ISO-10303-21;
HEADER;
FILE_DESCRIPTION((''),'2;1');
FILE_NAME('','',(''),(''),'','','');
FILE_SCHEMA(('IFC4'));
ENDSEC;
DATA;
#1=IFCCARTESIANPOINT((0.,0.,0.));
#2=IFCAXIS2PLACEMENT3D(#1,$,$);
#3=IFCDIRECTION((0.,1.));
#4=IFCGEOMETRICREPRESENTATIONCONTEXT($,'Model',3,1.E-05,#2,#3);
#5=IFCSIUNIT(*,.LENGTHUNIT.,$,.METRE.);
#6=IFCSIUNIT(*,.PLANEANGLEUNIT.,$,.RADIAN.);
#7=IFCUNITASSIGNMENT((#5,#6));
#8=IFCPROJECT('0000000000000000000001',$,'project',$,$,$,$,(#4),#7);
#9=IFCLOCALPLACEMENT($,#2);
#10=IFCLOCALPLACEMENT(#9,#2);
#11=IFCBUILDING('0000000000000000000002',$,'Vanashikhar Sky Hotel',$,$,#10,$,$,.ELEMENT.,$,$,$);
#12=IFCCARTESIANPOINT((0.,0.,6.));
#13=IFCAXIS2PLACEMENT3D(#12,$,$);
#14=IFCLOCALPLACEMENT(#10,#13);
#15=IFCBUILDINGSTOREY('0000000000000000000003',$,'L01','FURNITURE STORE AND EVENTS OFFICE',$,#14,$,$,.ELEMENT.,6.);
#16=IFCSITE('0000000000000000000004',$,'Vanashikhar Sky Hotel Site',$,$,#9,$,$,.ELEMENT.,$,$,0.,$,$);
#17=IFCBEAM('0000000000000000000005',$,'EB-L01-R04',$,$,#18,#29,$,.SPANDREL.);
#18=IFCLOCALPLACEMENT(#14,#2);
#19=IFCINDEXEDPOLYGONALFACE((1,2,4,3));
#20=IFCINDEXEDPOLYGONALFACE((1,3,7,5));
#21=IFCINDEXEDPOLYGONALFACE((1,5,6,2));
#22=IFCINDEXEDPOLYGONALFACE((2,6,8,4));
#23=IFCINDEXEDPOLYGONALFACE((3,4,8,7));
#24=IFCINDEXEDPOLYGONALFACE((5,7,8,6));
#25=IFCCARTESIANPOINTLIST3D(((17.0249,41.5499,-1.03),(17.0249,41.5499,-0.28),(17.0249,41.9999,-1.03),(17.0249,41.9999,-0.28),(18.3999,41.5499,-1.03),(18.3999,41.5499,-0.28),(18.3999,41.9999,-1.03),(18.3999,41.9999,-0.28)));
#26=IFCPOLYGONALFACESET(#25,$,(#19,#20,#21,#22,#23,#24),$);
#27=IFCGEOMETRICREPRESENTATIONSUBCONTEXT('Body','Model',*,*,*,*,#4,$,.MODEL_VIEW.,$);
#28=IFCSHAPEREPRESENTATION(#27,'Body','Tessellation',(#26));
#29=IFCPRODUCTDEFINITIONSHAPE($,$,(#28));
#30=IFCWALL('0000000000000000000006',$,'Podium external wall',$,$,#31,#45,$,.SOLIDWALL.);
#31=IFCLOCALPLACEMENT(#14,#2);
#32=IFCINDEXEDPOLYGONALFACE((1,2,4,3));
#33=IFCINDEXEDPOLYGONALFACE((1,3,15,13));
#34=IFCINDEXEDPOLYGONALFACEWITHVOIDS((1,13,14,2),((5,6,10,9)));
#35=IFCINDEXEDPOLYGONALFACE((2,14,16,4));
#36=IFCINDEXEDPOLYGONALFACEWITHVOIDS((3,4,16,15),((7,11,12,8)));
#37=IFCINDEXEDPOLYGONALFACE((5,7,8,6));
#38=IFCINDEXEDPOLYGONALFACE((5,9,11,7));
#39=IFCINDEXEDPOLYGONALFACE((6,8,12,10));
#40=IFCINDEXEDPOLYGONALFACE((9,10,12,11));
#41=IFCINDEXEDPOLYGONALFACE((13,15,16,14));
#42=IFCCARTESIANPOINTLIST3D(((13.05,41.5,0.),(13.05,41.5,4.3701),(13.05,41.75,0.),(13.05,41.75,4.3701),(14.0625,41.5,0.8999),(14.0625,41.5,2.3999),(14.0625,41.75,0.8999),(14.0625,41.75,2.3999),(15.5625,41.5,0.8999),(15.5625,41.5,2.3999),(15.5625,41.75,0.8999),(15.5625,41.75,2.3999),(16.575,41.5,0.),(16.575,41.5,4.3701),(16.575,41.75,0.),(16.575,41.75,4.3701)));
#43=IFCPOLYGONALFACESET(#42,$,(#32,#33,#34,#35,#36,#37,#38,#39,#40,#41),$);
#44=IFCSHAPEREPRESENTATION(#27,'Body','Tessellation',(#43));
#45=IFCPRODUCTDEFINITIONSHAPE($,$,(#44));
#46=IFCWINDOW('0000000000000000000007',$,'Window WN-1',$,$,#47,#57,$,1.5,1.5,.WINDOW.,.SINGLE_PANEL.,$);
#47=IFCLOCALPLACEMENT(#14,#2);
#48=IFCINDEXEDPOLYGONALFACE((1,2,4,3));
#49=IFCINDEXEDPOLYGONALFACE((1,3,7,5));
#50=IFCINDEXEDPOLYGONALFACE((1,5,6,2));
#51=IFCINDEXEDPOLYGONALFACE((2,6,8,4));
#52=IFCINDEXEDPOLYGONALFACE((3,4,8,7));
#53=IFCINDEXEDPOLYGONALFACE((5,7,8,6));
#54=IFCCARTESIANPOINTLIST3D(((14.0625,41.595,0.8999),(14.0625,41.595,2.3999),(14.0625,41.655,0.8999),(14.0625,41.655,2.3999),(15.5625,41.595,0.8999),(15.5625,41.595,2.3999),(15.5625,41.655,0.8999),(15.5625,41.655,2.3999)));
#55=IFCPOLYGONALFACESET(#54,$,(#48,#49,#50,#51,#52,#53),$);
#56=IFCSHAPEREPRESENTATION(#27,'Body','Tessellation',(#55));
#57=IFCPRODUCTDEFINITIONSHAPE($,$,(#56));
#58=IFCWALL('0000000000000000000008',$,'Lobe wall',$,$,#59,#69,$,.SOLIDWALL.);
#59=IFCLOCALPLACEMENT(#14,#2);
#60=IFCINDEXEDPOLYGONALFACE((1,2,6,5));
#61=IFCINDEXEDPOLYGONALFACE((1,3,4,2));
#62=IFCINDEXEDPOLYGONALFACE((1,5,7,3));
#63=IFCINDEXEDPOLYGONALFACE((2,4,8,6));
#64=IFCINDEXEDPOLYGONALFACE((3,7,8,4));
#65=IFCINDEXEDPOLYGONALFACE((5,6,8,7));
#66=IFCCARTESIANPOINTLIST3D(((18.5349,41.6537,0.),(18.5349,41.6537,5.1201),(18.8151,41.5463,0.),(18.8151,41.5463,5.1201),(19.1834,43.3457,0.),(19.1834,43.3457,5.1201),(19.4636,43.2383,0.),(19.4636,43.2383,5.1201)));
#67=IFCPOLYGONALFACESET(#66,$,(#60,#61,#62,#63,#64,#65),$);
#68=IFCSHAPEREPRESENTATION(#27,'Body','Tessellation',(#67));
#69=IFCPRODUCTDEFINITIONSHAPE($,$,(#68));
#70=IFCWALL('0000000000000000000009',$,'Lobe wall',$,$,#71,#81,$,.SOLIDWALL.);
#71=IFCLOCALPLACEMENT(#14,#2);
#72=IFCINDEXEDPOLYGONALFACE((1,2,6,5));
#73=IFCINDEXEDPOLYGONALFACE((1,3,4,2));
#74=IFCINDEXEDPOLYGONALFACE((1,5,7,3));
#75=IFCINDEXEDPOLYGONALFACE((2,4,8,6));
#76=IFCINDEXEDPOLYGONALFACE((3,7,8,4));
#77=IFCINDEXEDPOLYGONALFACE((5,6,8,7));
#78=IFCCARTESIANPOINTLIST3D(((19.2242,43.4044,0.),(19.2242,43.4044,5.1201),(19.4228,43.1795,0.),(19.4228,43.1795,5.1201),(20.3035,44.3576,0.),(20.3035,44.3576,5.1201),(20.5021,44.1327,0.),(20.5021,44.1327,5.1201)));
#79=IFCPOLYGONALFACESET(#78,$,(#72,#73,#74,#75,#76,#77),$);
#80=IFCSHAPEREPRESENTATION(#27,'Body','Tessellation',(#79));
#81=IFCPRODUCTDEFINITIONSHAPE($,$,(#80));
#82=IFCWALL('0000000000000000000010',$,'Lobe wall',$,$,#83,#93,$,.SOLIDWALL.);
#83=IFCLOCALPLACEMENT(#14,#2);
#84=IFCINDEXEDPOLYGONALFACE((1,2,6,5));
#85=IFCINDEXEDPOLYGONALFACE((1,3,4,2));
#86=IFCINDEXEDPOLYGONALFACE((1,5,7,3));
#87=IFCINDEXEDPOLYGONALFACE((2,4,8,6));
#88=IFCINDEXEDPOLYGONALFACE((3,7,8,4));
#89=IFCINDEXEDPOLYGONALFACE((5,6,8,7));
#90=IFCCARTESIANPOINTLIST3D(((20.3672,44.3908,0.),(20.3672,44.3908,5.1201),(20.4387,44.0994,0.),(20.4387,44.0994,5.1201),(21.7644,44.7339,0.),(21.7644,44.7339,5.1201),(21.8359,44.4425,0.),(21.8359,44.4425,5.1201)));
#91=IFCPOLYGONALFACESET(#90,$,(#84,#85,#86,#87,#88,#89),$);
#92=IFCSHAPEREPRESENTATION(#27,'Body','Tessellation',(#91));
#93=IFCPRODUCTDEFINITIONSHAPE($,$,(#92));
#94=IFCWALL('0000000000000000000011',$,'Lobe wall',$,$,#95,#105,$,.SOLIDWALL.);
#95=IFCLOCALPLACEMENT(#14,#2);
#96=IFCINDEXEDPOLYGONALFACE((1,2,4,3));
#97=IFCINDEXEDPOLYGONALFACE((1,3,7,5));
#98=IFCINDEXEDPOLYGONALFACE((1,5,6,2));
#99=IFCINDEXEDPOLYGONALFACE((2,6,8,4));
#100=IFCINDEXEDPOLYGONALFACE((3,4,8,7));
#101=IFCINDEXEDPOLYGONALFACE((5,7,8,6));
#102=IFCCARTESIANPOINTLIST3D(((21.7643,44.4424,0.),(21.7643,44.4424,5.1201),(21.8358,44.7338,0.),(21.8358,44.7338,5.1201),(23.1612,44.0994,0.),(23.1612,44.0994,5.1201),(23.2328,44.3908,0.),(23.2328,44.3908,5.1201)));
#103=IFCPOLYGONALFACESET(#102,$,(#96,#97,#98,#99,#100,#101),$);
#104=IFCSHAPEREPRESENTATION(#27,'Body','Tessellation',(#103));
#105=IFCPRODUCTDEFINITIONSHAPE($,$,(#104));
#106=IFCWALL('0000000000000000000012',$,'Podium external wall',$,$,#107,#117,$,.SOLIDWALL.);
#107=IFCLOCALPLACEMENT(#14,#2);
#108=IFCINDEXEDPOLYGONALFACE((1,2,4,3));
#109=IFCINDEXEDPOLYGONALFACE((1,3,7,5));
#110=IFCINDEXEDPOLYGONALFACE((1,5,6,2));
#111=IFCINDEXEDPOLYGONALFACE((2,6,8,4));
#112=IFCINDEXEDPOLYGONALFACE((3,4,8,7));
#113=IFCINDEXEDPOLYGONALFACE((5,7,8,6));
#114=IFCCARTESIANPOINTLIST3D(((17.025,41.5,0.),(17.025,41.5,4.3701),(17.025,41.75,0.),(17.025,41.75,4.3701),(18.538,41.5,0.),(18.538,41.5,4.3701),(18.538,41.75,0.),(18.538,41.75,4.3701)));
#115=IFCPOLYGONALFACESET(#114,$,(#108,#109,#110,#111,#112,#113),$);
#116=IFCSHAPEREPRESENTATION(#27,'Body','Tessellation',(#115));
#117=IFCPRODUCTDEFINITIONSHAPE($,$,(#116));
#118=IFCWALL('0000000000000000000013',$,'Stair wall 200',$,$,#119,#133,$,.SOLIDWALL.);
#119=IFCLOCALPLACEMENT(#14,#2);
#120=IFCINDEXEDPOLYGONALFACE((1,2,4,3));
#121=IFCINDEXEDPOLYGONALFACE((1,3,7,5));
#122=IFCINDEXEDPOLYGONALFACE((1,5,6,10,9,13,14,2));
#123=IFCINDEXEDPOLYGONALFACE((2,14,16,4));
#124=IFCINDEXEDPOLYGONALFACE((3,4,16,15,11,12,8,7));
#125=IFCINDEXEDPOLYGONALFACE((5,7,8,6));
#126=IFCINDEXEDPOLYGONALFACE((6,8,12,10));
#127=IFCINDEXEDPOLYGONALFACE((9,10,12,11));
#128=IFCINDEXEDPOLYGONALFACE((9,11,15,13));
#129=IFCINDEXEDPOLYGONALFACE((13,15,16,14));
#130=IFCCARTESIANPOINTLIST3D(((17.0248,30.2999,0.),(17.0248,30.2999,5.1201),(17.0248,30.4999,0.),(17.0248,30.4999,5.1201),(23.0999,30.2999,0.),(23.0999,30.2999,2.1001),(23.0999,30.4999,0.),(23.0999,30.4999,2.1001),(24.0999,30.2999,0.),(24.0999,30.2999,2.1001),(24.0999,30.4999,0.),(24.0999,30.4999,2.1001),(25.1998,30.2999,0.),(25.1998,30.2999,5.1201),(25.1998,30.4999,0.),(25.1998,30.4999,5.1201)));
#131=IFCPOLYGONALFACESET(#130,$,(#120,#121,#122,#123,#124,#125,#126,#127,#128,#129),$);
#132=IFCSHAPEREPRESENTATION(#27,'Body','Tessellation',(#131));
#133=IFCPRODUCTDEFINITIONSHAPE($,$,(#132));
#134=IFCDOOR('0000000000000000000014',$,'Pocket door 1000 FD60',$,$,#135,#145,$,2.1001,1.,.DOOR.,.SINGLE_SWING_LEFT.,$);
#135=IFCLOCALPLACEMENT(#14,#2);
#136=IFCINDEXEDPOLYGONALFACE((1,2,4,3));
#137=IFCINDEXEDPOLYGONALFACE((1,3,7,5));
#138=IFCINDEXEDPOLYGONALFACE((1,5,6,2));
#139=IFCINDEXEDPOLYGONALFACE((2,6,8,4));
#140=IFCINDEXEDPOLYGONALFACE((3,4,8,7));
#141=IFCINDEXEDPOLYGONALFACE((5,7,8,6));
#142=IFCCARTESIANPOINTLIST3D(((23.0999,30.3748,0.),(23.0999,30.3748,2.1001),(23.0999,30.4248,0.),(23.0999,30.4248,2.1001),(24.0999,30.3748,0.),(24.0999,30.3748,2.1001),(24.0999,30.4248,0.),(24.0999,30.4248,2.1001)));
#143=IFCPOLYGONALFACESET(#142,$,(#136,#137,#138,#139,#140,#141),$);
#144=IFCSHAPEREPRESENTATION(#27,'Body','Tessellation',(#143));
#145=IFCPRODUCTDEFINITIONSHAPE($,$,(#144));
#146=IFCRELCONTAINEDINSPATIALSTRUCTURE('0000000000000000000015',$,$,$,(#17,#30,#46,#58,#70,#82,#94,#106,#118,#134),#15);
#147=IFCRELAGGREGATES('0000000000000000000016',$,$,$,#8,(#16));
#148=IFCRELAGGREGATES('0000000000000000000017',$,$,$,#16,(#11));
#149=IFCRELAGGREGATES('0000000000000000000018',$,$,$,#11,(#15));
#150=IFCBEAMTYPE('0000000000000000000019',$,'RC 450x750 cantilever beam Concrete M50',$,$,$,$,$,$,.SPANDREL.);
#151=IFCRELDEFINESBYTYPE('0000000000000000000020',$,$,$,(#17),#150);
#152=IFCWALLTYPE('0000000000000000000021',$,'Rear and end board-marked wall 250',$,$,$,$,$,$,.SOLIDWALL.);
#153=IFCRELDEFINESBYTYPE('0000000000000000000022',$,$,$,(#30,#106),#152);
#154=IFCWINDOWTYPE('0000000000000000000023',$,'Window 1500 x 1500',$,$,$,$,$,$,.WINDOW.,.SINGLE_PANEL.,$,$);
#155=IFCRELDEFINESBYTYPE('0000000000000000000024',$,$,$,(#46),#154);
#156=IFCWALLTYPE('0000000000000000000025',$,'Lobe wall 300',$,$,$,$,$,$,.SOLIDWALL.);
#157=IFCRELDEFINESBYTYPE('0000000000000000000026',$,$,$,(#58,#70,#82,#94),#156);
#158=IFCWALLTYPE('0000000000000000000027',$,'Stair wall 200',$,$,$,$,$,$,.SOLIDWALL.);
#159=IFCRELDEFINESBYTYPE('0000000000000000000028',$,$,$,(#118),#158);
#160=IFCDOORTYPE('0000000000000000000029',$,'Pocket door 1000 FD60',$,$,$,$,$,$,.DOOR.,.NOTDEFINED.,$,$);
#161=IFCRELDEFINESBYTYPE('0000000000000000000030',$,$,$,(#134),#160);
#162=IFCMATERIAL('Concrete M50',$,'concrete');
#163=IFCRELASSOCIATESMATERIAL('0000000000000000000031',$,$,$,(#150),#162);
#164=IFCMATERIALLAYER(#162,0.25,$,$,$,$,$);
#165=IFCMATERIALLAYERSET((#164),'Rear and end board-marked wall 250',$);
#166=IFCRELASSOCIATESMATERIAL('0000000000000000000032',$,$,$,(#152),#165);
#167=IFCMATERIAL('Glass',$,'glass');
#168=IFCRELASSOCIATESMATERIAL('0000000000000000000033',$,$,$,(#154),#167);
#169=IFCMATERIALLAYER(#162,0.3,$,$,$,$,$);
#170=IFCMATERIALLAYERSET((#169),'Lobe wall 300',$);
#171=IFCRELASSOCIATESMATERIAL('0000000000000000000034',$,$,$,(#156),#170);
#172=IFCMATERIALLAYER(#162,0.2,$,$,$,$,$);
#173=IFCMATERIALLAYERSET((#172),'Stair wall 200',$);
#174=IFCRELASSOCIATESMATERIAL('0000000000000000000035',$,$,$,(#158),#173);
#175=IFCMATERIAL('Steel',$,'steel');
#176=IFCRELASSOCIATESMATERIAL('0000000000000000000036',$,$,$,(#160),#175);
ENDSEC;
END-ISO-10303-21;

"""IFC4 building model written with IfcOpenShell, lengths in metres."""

from ifc_helpers import new_model, si_unit, direction, frame, frame_2d, origin, origin_2d, place, context, subcontext, project, spatial, rectangle, extrude, source, transform, mapped, material, layer, layer_set, material_profile, profile_set, type_object, element, fill, save


model = new_model("IFC4")

# Units and contexts
model_context = context("Model", 3, precision=1e-05, world=origin(), true_north=direction((0.0, 1.0)))
body_context = subcontext(model_context, "Body", "Model", "MODEL_VIEW")
ifc_project = project(units=[si_unit("LENGTHUNIT", "METRE"), si_unit("PLANEANGLEUNIT", "RADIAN")], contexts=[model_context])

# Site, building, storey
site_placement = place(None, origin())
site = spatial("IfcSite", under=ifc_project, at=site_placement, Name="Vanashikhar Sky Hotel Site", CompositionType="ELEMENT", RefElevation=0.0)
building_placement = place(site_placement, origin())
building = spatial("IfcBuilding", under=site, at=building_placement, Name="Vanashikhar Sky Hotel", CompositionType="ELEMENT")
storey_placement = place(building_placement, frame((0.0, 0.0, 6.0)))
storey = spatial("IfcBuildingStorey", under=building, at=storey_placement, Name="L01", Description="FURNITURE STORE AND EVENTS OFFICE", CompositionType="ELEMENT", Elevation=6.0)

# Beam
ifc_material_1 = material(Name="Concrete M50", Category="concrete")
ifc_material_profile = material_profile(ifc_material_1, rectangle(XDim=0.45, YDim=0.75, at=origin_2d()))
ifc_profile_set = profile_set([ifc_material_profile], Name="RC 450x750 cantilever beam Concrete M50")
beam_type = type_object("IfcBeamType", Name="RC 450x750 cantilever beam Concrete M50", PredefinedType="SPANDREL", material=ifc_profile_set)
shared_shape_1 = source(origin(), body_context, "Body", "SweptSolid", [
    extrude(rectangle(XDim=0.45, YDim=0.75, at=origin_2d()), origin(), (0.0, 0.0, 1.0), 1.375),
])
beam_placement = place(storey_placement, frame((17.0249, 41.7749, -0.655), z_axis=(1.0, 0.0, 0.0), x_axis=(0.0, 1.0, 0.0)))
element("IfcBeam", 1, at=beam_placement, inside=storey, type_object=beam_type, Name="EB-L01-R04", PredefinedType="SPANDREL", context=body_context, shape_type="MappedRepresentation", body=[
    mapped(shared_shape_1, transform((0.0, 0.0, 0.0), scale=1.0)),
])

# Wall, opening, window
ifc_layer_1 = layer(ifc_material_1, 0.25)
ifc_layer_set_1 = layer_set([ifc_layer_1], Name="Rear and end board-marked wall 250")
wall_type_1 = type_object("IfcWallType", Name="Rear and end board-marked wall 250", PredefinedType="SOLIDWALL", material=ifc_layer_set_1)
shared_shape_2 = source(origin(), body_context, "Body", "SweptSolid", [
    extrude(rectangle(XDim=3.5249, YDim=0.25, at=frame_2d((1.7625, 0.0))), origin(), (0.0, 0.0, 1.0), 4.3701),
])
wall_1_placement = place(storey_placement, frame((16.575, 41.625, 0.0), z_axis=(0.0, 0.0, 1.0), x_axis=(-1.0, 0.0, 0.0)))
wall_1 = element("IfcWall", 2, at=wall_1_placement, inside=storey, type_object=wall_type_1, Name="Podium external wall", PredefinedType="SOLIDWALL", context=body_context, shape_type="MappedRepresentation", body=[
    mapped(shared_shape_2, transform((0.0, 0.0, 0.0), scale=1.0)),
])
shared_shape_3 = source(origin(), body_context, "Body", "SweptSolid", [
    extrude(rectangle(XDim=1.5, YDim=1.5, at=frame_2d((0.75, 0.75))), frame((0.0, 0.135, 0.0), z_axis=(0.0, -1.0, 0.0), x_axis=(1.0, 0.0, 0.0)), (0.0, 0.0, 1.0), 0.27),
])
opening_1_placement = place(wall_1_placement, frame((1.0125, 0.0, 0.8999)))
opening_1 = element("IfcOpeningElement", 3, at=opening_1_placement, cuts=wall_1, PredefinedType="OPENING", context=body_context, shape_type="MappedRepresentation", body=[
    mapped(shared_shape_3, transform((0.0, 0.0, 0.0), scale=1.0)),
])
ifc_material_2 = material(Name="Glass", Category="glass")
window_type = type_object("IfcWindowType", Name="Window 1500 x 1500", PartitioningType="SINGLE_PANEL", PredefinedType="WINDOW", material=ifc_material_2)
shared_shape_4 = source(origin(), body_context, "Body", "SweptSolid", [
    extrude(rectangle(XDim=1.5, YDim=1.5, at=frame_2d((0.75, 0.75))), frame((0.0, 0.03, 0.0), z_axis=(0.0, -1.0, 0.0), x_axis=(1.0, 0.0, 0.0)), (0.0, 0.0, 1.0), 0.0601),
])
window_placement = place(opening_1_placement, origin())
window = element("IfcWindow", 4, at=window_placement, inside=storey, type_object=window_type, Name="Window WN-1", OverallHeight=1.5, OverallWidth=1.5, PartitioningType="SINGLE_PANEL", PredefinedType="WINDOW", context=body_context, shape_type="MappedRepresentation", body=[
    mapped(shared_shape_4, transform((0.0, 0.0, 0.0), scale=1.0)),
])
fill(opening_1, window)

# Walls
ifc_layer_2 = layer(ifc_material_1, 0.3)
ifc_layer_set_2 = layer_set([ifc_layer_2], Name="Lobe wall 300")
wall_type_2 = type_object("IfcWallType", Name="Lobe wall 300", PredefinedType="SOLIDWALL", material=ifc_layer_set_2)
shared_shape_5 = source(origin(), body_context, "Body", "SweptSolid", [
    extrude(rectangle(XDim=1.812, YDim=0.3, at=frame_2d((0.906, 0.0))), origin(), (0.0, 0.0, 1.0), 5.1201),
])
wall_2_placement = place(storey_placement, frame((19.3235, 43.292, 0.0), z_axis=(0.0, 0.0, 1.0), x_axis=(-0.357877, -0.933769, 0.0)))
element("IfcWall", 5, at=wall_2_placement, inside=storey, type_object=wall_type_2, Name="Lobe wall", PredefinedType="SOLIDWALL", context=body_context, shape_type="MappedRepresentation", body=[
    mapped(shared_shape_5, transform((0.0, 0.0, 0.0), scale=1.0)),
])
shared_shape_6 = source(origin(), body_context, "Body", "SweptSolid", [
    extrude(rectangle(XDim=1.4399, YDim=0.3, at=frame_2d((0.72, 0.0))), origin(), (0.0, 0.0, 1.0), 5.1201),
])
wall_3_placement = place(storey_placement, frame((20.4028, 44.2451, 0.0), z_axis=(0.0, 0.0, 1.0), x_axis=(-0.749576, -0.661919, 0.0)))
element("IfcWall", 6, at=wall_3_placement, inside=storey, type_object=wall_type_2, Name="Lobe wall", PredefinedType="SOLIDWALL", context=body_context, shape_type="MappedRepresentation", body=[
    mapped(shared_shape_6, transform((0.0, 0.0, 0.0), scale=1.0)),
])
shared_shape_7 = source(origin(), body_context, "Body", "SweptSolid", [
    extrude(rectangle(XDim=1.4387, YDim=0.3, at=frame_2d((0.7192, 0.0))), origin(), (0.0, 0.0, 1.0), 5.1201),
])
wall_4_placement = place(storey_placement, frame((21.8, 44.5881, 0.0), z_axis=(0.0, 0.0, 1.0), x_axis=(-0.971162, -0.238421, 0.0)))
element("IfcWall", 7, at=wall_4_placement, inside=storey, type_object=wall_type_2, Name="Lobe wall", PredefinedType="SOLIDWALL", context=body_context, shape_type="MappedRepresentation", body=[
    mapped(shared_shape_7, transform((0.0, 0.0, 0.0), scale=1.0)),
])
shared_shape_8 = source(origin(), body_context, "Body", "SweptSolid", [
    extrude(rectangle(XDim=1.4385, YDim=0.3, at=frame_2d((0.7192, 0.0))), origin(), (0.0, 0.0, 1.0), 5.1201),
])
wall_5_placement = place(storey_placement, frame((23.197, 44.2451, 0.0), z_axis=(0.0, 0.0, 1.0), x_axis=(-0.971152, 0.23846, 0.0)))
element("IfcWall", 8, at=wall_5_placement, inside=storey, type_object=wall_type_2, Name="Lobe wall", PredefinedType="SOLIDWALL", context=body_context, shape_type="MappedRepresentation", body=[
    mapped(shared_shape_8, transform((0.0, 0.0, 0.0), scale=1.0)),
])
shared_shape_9 = source(origin(), body_context, "Body", "SweptSolid", [
    extrude(rectangle(XDim=1.5129, YDim=0.25, at=frame_2d((0.7563, 0.0))), origin(), (0.0, 0.0, 1.0), 4.3701),
])
wall_6_placement = place(storey_placement, frame((18.5378, 41.625, 0.0), z_axis=(0.0, 0.0, 1.0), x_axis=(-1.0, 0.0, 0.0)))
element("IfcWall", 9, at=wall_6_placement, inside=storey, type_object=wall_type_1, Name="Podium external wall", PredefinedType="SOLIDWALL", context=body_context, shape_type="MappedRepresentation", body=[
    mapped(shared_shape_9, transform((0.0, 0.0, 0.0), scale=1.0)),
])

# Wall, opening, door
ifc_layer_3 = layer(ifc_material_1, 0.2)
ifc_layer_set_3 = layer_set([ifc_layer_3], Name="Stair wall 200")
wall_type_3 = type_object("IfcWallType", Name="Stair wall 200", PredefinedType="SOLIDWALL", material=ifc_layer_set_3)
shared_shape_10 = source(origin(), body_context, "Body", "SweptSolid", [
    extrude(rectangle(XDim=8.175, YDim=0.2, at=frame_2d((4.0874, 0.0))), origin(), (0.0, 0.0, 1.0), 5.1201),
])
wall_7_placement = place(storey_placement, frame((17.0249, 30.3999, 0.0), z_axis=(0.0, 0.0, 1.0), x_axis=(1.0, 0.0, 0.0)))
wall_7 = element("IfcWall", 10, at=wall_7_placement, inside=storey, type_object=wall_type_3, Name="Stair wall 200", PredefinedType="SOLIDWALL", context=body_context, shape_type="MappedRepresentation", body=[
    mapped(shared_shape_10, transform((0.0, 0.0, 0.0), scale=1.0)),
])
shared_shape_11 = source(origin(), body_context, "Body", "SweptSolid", [
    extrude(rectangle(XDim=1.0, YDim=2.1001, at=frame_2d((0.5, 1.05))), frame((0.0, 0.1099, 0.0), z_axis=(0.0, -1.0, 0.0), x_axis=(1.0, 0.0, 0.0)), (0.0, 0.0, 1.0), 0.22),
])
opening_2_placement = place(wall_7_placement, frame((6.075, 0.0, 0.0)))
opening_2 = element("IfcOpeningElement", 11, at=opening_2_placement, cuts=wall_7, PredefinedType="OPENING", context=body_context, shape_type="MappedRepresentation", body=[
    mapped(shared_shape_11, transform((0.0, 0.0, 0.0), scale=1.0)),
])
ifc_material_3 = material(Name="Steel", Category="steel")
door_type = type_object("IfcDoorType", Name="Pocket door 1000 FD60", OperationType="NOTDEFINED", PredefinedType="DOOR", material=ifc_material_3)
shared_shape_12 = source(origin(), body_context, "Body", "SweptSolid", [
    extrude(rectangle(XDim=1.0, YDim=2.1001, at=frame_2d((0.5, 1.05))), frame((0.0, 0.0249, 0.0), z_axis=(0.0, -1.0, 0.0), x_axis=(1.0, 0.0, 0.0)), (0.0, 0.0, 1.0), 0.05),
])
door_placement = place(opening_2_placement, origin())
door = element("IfcDoor", 12, at=door_placement, inside=storey, type_object=door_type, Name="Pocket door 1000 FD60", OperationType="SINGLE_SWING_LEFT", OverallHeight=2.1001, OverallWidth=1.0, PredefinedType="DOOR", context=body_context, shape_type="MappedRepresentation", body=[
    mapped(shared_shape_12, transform((0.0, 0.0, 0.0), scale=1.0)),
])
fill(opening_2, door)

save(model, "model.ifc")
